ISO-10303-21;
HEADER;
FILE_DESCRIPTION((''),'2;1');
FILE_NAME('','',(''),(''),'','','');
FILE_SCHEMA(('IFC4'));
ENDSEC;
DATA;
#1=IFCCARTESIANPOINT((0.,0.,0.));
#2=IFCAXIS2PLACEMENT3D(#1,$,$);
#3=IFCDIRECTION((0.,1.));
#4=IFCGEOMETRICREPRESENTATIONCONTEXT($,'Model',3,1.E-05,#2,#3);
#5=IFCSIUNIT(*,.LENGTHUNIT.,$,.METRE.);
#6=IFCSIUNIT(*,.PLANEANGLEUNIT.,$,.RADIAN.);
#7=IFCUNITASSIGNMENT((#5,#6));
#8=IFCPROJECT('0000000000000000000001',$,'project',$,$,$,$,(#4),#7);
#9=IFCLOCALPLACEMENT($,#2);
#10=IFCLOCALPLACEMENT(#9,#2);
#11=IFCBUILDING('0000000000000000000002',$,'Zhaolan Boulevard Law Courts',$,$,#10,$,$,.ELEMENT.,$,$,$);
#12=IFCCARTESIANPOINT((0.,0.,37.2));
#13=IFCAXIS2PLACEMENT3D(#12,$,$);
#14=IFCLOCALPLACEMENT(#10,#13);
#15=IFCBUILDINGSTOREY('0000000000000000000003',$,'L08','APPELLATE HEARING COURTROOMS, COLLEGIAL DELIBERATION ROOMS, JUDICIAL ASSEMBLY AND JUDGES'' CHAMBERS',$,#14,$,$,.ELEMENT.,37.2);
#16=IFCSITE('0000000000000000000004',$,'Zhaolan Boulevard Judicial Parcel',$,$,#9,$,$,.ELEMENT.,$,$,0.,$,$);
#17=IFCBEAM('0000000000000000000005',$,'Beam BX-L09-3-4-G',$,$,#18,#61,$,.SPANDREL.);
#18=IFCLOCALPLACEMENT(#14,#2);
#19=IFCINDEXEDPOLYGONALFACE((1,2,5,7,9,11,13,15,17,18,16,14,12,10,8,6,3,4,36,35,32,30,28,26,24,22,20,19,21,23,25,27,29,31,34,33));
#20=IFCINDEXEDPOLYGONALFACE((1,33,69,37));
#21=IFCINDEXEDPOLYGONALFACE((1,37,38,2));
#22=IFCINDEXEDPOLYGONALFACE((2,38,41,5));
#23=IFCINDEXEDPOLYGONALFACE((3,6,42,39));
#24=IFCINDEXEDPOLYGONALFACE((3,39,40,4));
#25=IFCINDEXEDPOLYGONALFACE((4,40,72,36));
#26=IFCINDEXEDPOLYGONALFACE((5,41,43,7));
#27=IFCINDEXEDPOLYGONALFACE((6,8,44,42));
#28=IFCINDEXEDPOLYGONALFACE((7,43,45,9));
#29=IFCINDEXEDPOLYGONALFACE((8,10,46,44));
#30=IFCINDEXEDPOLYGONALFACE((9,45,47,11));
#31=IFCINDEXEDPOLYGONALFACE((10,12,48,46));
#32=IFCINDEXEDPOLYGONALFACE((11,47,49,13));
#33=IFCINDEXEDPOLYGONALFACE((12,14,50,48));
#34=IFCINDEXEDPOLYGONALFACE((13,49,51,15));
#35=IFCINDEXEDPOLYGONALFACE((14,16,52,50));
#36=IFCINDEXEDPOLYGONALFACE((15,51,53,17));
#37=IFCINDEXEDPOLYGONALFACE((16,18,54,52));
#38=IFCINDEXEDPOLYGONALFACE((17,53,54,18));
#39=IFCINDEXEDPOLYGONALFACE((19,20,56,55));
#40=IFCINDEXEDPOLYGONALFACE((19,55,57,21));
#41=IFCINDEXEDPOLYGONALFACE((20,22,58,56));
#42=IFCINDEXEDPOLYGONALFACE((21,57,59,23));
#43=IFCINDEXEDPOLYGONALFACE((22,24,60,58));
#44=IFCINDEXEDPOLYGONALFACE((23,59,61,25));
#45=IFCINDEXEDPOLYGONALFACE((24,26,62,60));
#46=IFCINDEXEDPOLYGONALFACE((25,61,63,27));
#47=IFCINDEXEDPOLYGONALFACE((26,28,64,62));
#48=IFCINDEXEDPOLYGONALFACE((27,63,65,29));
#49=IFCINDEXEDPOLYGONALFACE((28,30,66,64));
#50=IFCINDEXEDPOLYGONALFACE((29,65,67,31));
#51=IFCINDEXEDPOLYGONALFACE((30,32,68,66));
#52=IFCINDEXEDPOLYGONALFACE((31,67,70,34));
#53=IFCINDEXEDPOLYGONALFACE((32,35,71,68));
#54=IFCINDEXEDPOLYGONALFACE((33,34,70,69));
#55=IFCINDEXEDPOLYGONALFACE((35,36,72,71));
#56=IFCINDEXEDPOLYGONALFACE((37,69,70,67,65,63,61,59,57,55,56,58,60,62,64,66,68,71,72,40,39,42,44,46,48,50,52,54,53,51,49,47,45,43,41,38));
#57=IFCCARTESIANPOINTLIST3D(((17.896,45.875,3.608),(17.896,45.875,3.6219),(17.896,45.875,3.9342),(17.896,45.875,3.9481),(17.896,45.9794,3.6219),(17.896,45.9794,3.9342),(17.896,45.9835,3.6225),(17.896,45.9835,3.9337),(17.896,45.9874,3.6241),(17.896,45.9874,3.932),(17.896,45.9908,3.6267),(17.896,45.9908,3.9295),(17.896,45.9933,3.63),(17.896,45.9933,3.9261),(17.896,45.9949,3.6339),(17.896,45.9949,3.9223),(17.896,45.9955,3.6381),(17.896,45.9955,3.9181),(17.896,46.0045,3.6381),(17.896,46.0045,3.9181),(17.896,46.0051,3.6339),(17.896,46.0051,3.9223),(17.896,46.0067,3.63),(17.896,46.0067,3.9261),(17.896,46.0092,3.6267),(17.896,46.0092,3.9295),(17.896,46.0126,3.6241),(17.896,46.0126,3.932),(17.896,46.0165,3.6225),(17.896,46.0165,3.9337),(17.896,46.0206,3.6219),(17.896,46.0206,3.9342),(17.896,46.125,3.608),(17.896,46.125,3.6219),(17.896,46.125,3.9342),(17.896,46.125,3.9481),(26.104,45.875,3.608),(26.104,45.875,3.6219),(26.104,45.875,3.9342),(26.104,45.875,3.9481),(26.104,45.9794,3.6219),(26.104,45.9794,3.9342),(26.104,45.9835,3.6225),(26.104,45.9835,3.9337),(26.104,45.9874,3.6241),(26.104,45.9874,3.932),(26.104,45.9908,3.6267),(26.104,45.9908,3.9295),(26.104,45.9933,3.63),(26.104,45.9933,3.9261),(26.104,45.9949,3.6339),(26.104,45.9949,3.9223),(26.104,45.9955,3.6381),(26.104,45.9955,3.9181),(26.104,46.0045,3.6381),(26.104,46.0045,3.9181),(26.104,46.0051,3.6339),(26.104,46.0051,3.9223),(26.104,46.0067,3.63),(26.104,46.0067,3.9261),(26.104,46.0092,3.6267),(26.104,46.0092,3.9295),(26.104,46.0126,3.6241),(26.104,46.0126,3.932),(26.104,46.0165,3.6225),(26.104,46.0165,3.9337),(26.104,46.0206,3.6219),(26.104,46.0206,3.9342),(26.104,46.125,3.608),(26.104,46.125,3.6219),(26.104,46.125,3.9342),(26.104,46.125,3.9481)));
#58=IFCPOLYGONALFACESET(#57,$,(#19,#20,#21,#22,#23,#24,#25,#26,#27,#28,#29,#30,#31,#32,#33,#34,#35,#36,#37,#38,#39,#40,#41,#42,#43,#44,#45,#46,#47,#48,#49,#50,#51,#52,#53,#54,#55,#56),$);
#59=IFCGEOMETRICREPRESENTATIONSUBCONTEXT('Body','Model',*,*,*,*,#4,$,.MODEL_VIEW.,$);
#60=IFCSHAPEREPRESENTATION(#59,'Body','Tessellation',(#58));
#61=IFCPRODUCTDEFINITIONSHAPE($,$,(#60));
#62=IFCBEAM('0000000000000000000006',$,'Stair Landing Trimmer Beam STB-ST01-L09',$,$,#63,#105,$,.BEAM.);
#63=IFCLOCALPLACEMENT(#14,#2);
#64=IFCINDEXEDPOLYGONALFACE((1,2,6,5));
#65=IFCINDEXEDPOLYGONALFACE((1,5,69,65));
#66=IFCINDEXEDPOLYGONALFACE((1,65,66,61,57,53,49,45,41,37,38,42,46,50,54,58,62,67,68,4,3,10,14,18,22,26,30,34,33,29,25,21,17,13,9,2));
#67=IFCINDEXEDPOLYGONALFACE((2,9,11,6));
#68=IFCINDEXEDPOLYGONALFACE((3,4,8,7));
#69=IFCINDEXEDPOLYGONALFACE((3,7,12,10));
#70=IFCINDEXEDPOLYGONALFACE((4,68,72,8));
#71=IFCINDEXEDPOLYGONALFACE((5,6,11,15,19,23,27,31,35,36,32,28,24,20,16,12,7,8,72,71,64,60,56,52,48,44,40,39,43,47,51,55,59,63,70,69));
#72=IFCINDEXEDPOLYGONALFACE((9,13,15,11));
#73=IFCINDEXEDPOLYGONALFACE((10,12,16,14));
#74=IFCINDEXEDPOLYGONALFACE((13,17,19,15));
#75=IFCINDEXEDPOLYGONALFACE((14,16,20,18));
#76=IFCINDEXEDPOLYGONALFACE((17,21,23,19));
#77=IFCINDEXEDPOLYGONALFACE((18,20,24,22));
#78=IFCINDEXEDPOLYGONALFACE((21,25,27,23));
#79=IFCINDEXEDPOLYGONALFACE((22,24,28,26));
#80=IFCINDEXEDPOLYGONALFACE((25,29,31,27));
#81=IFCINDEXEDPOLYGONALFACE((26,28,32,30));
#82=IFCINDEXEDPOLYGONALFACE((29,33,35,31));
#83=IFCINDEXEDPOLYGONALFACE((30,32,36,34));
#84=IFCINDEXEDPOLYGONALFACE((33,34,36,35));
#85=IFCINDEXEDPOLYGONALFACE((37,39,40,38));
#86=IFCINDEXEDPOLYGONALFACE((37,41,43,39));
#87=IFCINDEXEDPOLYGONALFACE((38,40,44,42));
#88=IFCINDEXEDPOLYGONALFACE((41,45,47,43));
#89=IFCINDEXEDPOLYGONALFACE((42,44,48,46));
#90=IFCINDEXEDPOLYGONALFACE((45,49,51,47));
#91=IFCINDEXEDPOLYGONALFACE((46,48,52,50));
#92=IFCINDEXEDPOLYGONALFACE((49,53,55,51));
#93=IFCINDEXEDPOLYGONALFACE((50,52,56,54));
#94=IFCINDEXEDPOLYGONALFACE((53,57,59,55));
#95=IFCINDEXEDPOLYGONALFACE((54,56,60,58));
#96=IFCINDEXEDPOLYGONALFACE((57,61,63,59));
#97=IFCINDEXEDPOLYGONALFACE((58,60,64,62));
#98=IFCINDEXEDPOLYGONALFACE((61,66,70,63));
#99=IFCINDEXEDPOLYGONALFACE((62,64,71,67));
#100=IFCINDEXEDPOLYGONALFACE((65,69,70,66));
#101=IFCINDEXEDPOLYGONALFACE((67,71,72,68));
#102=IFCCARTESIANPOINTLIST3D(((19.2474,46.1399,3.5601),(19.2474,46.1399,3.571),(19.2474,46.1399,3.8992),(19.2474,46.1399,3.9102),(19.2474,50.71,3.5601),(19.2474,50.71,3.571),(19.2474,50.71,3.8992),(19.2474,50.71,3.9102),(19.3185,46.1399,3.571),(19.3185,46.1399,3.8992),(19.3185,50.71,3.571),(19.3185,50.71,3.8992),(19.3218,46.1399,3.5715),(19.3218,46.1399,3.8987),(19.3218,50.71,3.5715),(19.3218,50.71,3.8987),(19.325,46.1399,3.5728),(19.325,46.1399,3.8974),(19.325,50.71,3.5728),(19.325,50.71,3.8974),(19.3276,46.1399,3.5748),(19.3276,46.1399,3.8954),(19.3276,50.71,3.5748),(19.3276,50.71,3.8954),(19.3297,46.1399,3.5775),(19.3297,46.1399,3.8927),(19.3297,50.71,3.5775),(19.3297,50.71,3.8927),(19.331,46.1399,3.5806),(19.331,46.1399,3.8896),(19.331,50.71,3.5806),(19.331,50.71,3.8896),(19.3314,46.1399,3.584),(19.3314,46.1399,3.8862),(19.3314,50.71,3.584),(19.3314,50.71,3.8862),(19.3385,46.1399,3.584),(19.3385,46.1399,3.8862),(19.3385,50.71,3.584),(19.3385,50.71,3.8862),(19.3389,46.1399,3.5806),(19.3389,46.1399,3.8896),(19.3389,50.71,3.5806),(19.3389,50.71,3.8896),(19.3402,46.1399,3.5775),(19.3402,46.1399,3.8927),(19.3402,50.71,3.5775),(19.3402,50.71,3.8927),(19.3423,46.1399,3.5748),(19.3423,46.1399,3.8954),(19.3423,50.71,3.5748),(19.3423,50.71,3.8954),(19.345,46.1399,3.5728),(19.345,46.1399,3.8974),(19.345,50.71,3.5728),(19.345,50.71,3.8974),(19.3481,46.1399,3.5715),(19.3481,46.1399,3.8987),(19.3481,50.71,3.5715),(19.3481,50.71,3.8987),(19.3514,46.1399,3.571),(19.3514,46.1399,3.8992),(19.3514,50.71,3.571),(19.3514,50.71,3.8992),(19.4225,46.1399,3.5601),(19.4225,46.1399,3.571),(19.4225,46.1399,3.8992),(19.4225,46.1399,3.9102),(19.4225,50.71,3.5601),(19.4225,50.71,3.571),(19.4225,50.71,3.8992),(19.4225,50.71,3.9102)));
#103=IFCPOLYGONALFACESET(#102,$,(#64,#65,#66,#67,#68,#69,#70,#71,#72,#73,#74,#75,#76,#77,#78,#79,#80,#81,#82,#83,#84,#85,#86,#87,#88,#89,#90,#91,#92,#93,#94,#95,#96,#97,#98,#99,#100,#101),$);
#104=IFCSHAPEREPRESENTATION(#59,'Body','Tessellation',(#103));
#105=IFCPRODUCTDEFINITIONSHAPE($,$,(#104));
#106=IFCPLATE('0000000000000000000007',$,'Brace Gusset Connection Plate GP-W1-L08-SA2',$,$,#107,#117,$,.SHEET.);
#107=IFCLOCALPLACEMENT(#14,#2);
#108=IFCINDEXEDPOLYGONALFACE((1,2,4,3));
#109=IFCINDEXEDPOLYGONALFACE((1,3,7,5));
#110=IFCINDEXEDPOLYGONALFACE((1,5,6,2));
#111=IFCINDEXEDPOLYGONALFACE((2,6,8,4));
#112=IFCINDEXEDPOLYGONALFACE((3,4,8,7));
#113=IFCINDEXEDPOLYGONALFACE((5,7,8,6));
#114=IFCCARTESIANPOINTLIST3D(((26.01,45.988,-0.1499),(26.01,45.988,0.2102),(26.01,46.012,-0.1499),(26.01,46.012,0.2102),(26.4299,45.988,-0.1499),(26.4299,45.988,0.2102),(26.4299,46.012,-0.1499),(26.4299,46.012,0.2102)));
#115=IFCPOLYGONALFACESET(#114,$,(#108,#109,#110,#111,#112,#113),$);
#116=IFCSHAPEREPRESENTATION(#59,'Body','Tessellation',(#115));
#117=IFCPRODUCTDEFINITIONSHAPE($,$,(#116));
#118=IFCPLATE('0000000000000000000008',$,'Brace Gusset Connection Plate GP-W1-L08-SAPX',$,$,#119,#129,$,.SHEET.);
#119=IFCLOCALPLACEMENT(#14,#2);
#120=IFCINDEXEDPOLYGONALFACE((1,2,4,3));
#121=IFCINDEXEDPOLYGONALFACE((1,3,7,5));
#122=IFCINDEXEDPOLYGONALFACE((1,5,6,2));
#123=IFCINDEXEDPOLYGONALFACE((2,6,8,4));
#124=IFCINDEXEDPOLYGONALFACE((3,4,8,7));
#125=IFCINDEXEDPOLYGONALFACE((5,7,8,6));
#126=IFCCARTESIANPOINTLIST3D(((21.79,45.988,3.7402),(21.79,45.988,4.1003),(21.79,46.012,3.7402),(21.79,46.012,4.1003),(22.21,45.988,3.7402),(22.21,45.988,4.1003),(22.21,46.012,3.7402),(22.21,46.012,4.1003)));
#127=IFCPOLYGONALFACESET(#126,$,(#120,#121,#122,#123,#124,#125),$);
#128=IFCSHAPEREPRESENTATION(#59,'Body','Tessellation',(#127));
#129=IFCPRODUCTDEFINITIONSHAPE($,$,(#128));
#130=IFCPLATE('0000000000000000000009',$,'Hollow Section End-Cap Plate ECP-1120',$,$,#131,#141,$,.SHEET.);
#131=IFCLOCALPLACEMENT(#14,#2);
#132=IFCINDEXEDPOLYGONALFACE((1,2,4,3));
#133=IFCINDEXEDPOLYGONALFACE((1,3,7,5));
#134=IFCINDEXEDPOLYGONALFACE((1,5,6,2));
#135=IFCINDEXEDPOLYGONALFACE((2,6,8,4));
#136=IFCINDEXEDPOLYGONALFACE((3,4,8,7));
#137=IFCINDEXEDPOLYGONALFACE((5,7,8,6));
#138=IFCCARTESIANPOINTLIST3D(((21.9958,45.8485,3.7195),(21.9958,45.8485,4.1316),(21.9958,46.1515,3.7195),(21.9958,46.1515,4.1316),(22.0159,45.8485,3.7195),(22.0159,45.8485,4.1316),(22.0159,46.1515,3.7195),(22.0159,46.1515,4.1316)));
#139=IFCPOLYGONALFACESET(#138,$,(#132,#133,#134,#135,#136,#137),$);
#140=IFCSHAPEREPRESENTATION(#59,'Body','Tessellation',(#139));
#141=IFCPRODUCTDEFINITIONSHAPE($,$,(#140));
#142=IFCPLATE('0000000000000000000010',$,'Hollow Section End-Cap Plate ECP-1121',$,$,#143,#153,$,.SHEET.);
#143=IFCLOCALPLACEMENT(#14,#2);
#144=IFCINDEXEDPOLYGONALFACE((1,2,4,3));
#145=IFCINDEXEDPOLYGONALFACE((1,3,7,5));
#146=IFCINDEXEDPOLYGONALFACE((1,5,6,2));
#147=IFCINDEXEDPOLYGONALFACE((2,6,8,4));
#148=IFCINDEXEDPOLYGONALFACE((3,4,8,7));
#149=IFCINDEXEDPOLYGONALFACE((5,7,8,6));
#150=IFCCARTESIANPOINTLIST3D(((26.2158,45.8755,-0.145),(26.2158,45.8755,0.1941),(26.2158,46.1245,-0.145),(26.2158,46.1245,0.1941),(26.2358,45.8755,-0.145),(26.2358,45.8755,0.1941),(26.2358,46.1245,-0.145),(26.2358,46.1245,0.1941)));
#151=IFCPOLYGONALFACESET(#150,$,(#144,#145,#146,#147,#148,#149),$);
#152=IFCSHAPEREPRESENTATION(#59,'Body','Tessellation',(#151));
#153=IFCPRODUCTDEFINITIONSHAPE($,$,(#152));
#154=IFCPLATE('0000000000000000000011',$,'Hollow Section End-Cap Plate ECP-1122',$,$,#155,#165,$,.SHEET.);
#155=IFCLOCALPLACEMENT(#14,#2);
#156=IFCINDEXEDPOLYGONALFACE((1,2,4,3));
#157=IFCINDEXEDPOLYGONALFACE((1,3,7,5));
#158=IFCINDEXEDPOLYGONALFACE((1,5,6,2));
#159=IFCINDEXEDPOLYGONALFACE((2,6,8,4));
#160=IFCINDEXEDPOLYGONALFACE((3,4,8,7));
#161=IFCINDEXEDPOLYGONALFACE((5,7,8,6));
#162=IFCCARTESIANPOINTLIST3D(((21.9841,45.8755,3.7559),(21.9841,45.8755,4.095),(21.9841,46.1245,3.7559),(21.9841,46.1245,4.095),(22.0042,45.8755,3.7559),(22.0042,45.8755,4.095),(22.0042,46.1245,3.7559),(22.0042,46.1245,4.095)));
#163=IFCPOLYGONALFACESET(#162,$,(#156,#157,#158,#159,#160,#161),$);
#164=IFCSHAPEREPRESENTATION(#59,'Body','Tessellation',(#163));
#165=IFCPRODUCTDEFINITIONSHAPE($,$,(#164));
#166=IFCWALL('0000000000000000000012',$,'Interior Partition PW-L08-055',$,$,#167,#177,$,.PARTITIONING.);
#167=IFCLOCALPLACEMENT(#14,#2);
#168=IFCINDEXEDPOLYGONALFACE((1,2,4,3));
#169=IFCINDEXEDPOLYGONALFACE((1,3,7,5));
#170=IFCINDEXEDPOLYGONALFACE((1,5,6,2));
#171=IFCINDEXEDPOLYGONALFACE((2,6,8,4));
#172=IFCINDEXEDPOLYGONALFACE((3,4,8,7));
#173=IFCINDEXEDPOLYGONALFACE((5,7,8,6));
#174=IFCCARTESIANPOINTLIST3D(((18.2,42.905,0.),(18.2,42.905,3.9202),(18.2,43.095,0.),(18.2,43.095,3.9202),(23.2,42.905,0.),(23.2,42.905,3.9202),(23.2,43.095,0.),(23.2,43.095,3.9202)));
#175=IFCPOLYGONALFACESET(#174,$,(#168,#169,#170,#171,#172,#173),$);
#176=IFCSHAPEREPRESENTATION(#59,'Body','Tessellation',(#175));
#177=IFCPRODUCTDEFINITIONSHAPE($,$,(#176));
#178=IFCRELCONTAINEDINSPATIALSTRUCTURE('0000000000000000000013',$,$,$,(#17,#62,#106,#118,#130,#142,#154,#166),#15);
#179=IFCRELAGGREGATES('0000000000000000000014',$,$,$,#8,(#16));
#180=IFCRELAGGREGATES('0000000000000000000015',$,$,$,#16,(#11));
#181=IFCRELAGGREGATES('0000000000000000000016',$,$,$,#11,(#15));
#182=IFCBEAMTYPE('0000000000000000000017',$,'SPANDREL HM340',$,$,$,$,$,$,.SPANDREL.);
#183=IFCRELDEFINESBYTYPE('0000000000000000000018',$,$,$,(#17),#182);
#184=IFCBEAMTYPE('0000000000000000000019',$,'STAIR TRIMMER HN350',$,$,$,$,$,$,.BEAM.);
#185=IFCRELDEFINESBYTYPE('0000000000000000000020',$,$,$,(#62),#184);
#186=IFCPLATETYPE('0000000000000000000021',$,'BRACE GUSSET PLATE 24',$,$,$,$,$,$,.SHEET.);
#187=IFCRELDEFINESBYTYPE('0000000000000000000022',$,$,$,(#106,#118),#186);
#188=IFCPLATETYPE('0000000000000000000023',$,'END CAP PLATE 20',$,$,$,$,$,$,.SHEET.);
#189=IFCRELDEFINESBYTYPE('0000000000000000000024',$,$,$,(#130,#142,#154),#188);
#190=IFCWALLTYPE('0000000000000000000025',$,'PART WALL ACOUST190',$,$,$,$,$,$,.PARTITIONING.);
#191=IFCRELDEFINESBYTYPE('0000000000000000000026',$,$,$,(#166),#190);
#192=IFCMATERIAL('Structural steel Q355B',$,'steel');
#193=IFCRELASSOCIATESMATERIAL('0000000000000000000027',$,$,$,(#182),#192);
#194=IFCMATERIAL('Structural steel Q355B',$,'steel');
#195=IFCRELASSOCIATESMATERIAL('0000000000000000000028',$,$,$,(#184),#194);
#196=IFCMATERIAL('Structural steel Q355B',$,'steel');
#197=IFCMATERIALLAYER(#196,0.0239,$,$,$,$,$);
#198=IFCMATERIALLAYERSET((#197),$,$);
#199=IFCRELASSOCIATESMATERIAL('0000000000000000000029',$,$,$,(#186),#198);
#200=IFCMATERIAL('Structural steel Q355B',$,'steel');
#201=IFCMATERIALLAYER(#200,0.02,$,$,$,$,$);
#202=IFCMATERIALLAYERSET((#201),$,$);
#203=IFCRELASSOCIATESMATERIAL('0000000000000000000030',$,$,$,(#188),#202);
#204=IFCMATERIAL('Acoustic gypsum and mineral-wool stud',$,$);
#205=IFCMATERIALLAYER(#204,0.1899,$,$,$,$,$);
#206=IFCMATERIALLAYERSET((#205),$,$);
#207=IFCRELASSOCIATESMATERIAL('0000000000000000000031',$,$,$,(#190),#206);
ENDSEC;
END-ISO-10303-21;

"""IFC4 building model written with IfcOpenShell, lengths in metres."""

from ifc_helpers import new_model, si_unit, direction, frame, frame_2d, origin, origin_2d, place, context, subcontext, project, spatial, rectangle, i_section, extrude, material, layer, layer_set, material_profile, profile_set, type_object, element, save


model = new_model("IFC4")

# Units and contexts
model_context = context("Model", 3, precision=1e-05, world=origin(), true_north=direction((0.0, 1.0)))
body_context = subcontext(model_context, "Body", "Model", "MODEL_VIEW")
ifc_project = project(units=[si_unit("LENGTHUNIT", "METRE"), si_unit("PLANEANGLEUNIT", "RADIAN")], contexts=[model_context])

# Site, building, storey
site_placement = place(None, origin())
site = spatial("IfcSite", under=ifc_project, at=site_placement, Name="Zhaolan Boulevard Judicial Parcel", CompositionType="ELEMENT", RefElevation=0.0)
building_placement = place(site_placement, origin())
building = spatial("IfcBuilding", under=site, at=building_placement, Name="Zhaolan Boulevard Law Courts", CompositionType="ELEMENT")
storey_placement = place(building_placement, frame((0.0, 0.0, 37.2)))
storey = spatial("IfcBuildingStorey", under=building, at=storey_placement, Name="L08", Description="APPELLATE HEARING COURTROOMS, COLLEGIAL DELIBERATION ROOMS, JUDICIAL ASSEMBLY AND JUDGES' CHAMBERS", CompositionType="ELEMENT", Elevation=37.2)

# Beams
ifc_material_1 = material(Name="Structural steel Q355B", Category="steel")
ifc_material_profile_1 = material_profile(ifc_material_1, i_section(OverallWidth=0.25, OverallDepth=0.3401, WebThickness=0.009, FlangeThickness=0.0139, FilletRadius=0.0161, at=origin_2d()), Name="HM340x250")
ifc_profile_set_1 = profile_set([ifc_material_profile_1], Name="Structural steel Q355B")
beam_type_1 = type_object("IfcBeamType", Name="SPANDREL HM340", PredefinedType="SPANDREL", material=ifc_profile_set_1)
beam_1_placement = place(storey_placement, frame((17.896, 46.0, 3.7781), z_axis=(1.0, 0.0, 0.0), x_axis=(0.0, 1.0, 0.0)))
element("IfcBeam", 1, at=beam_1_placement, inside=storey, type_object=beam_type_1, Name="Beam BX-L09-3-4-G", PredefinedType="SPANDREL", context=body_context, shape_type="SweptSolid", body=[
    extrude(i_section(OverallWidth=0.25, OverallDepth=0.3401, WebThickness=0.009, FlangeThickness=0.0139, FilletRadius=0.0161, at=origin_2d()), origin(), (0.0, 0.0, 1.0), 8.208),
])
ifc_material_2 = material(Name="Structural steel Q355B", Category="steel")
ifc_material_profile_2 = material_profile(ifc_material_2, i_section(OverallWidth=0.175, OverallDepth=0.3501, WebThickness=0.0071, FlangeThickness=0.011, FilletRadius=0.0129, at=origin_2d()), Name="HN350x175")
ifc_profile_set_2 = profile_set([ifc_material_profile_2], Name="Structural steel Q355B")
beam_type_2 = type_object("IfcBeamType", Name="STAIR TRIMMER HN350", PredefinedType="BEAM", material=ifc_profile_set_2)
beam_2_placement = place(storey_placement, frame((19.335, 46.1399, 3.7351), z_axis=(0.0, 1.0, 0.0), x_axis=(-1.0, 0.0, 0.0)))
element("IfcBeam", 2, at=beam_2_placement, inside=storey, type_object=beam_type_2, Name="Stair Landing Trimmer Beam STB-ST01-L09", PredefinedType="BEAM", context=body_context, shape_type="SweptSolid", body=[
    extrude(i_section(OverallWidth=0.175, OverallDepth=0.3501, WebThickness=0.0071, FlangeThickness=0.011, FilletRadius=0.0129, at=origin_2d()), origin(), (0.0, 0.0, 1.0), 4.5701),
])

# Plates
ifc_material_3 = material(Name="Structural steel Q355B", Category="steel")
ifc_layer_1 = layer(ifc_material_3, 0.0239)
ifc_layer_set_1 = layer_set([ifc_layer_1])
plate_type_1 = type_object("IfcPlateType", Name="BRACE GUSSET PLATE 24", PredefinedType="SHEET", material=ifc_layer_set_1)
for number, where, z_axis, x_axis, name in (
    (3, (26.22, 46.0, -0.1499), (0.0, 0.0, 1.0), (1.0, 0.0, 0.0), "Brace Gusset Connection Plate GP-W1-L08-SA2"),
    (4, (22.0, 46.0, 3.7402), (0.0, 0.0, 1.0), (1.0, 0.0, 0.0), "Brace Gusset Connection Plate GP-W1-L08-SAPX"),
):
    element("IfcPlate", number, at=place(storey_placement, frame(where, z_axis=z_axis, x_axis=x_axis)), inside=storey, type_object=plate_type_1, Name=name, PredefinedType="SHEET", context=body_context, shape_type="SweptSolid", body=[
        extrude(rectangle(XDim=0.4199, YDim=0.0239, at=origin_2d()), origin(), (0.0, 0.0, 1.0), 0.3601),
    ])
ifc_material_4 = material(Name="Structural steel Q355B", Category="steel")
ifc_layer_2 = layer(ifc_material_4, 0.02)
ifc_layer_set_2 = layer_set([ifc_layer_2])
plate_type_2 = type_object("IfcPlateType", Name="END CAP PLATE 20", PredefinedType="SHEET", material=ifc_layer_set_2)
plate_placement = place(storey_placement, frame((22.0059, 46.0, 3.7195), z_axis=(0.0, 0.0, 1.0), x_axis=(1.0, 0.0, 0.0)))
element("IfcPlate", 5, at=plate_placement, inside=storey, type_object=plate_type_2, Name="Hollow Section End-Cap Plate ECP-1120", PredefinedType="SHEET", context=body_context, shape_type="SweptSolid", body=[
    extrude(rectangle(XDim=0.02, YDim=0.303, at=origin_2d()), origin(), (0.0, 0.0, 1.0), 0.4121),
])
for number, where, z_axis, x_axis, name in (
    (6, (26.2258, 46.0, -0.145), (0.0, 0.0, 1.0), (-1.0, 0.0, 0.0), "Hollow Section End-Cap Plate ECP-1121"),
    (7, (21.9941, 46.0, 3.7559), (0.0, 0.0, 1.0), (-1.0, 0.0, 0.0), "Hollow Section End-Cap Plate ECP-1122"),
):
    element("IfcPlate", number, at=place(storey_placement, frame(where, z_axis=z_axis, x_axis=x_axis)), inside=storey, type_object=plate_type_2, Name=name, PredefinedType="SHEET", context=body_context, shape_type="SweptSolid", body=[
        extrude(rectangle(XDim=0.02, YDim=0.249, at=origin_2d()), origin(), (0.0, 0.0, 1.0), 0.3391),
    ])

# Wall
ifc_material_5 = material(Name="Acoustic gypsum and mineral-wool stud")
ifc_layer_3 = layer(ifc_material_5, 0.1899)
ifc_layer_set_3 = layer_set([ifc_layer_3])
wall_type_1 = type_object("IfcWallType", Name="PART WALL ACOUST190", PredefinedType="PARTITIONING", material=ifc_layer_set_3)
wall_1_placement = place(storey_placement, frame((18.2, 43.0, 0.0), z_axis=(0.0, 0.0, 1.0), x_axis=(1.0, 0.0, 0.0)))
element("IfcWall", 8, at=wall_1_placement, inside=storey, type_object=wall_type_1, Name="Interior Partition PW-L08-055", PredefinedType="PARTITIONING", context=body_context, shape_type="SweptSolid", body=[
    extrude(rectangle(XDim=5.0, YDim=0.1899, at=frame_2d((2.5, 0.0))), origin(), (0.0, 0.0, 1.0), 3.9202),
])

save(model, "model.ifc")
